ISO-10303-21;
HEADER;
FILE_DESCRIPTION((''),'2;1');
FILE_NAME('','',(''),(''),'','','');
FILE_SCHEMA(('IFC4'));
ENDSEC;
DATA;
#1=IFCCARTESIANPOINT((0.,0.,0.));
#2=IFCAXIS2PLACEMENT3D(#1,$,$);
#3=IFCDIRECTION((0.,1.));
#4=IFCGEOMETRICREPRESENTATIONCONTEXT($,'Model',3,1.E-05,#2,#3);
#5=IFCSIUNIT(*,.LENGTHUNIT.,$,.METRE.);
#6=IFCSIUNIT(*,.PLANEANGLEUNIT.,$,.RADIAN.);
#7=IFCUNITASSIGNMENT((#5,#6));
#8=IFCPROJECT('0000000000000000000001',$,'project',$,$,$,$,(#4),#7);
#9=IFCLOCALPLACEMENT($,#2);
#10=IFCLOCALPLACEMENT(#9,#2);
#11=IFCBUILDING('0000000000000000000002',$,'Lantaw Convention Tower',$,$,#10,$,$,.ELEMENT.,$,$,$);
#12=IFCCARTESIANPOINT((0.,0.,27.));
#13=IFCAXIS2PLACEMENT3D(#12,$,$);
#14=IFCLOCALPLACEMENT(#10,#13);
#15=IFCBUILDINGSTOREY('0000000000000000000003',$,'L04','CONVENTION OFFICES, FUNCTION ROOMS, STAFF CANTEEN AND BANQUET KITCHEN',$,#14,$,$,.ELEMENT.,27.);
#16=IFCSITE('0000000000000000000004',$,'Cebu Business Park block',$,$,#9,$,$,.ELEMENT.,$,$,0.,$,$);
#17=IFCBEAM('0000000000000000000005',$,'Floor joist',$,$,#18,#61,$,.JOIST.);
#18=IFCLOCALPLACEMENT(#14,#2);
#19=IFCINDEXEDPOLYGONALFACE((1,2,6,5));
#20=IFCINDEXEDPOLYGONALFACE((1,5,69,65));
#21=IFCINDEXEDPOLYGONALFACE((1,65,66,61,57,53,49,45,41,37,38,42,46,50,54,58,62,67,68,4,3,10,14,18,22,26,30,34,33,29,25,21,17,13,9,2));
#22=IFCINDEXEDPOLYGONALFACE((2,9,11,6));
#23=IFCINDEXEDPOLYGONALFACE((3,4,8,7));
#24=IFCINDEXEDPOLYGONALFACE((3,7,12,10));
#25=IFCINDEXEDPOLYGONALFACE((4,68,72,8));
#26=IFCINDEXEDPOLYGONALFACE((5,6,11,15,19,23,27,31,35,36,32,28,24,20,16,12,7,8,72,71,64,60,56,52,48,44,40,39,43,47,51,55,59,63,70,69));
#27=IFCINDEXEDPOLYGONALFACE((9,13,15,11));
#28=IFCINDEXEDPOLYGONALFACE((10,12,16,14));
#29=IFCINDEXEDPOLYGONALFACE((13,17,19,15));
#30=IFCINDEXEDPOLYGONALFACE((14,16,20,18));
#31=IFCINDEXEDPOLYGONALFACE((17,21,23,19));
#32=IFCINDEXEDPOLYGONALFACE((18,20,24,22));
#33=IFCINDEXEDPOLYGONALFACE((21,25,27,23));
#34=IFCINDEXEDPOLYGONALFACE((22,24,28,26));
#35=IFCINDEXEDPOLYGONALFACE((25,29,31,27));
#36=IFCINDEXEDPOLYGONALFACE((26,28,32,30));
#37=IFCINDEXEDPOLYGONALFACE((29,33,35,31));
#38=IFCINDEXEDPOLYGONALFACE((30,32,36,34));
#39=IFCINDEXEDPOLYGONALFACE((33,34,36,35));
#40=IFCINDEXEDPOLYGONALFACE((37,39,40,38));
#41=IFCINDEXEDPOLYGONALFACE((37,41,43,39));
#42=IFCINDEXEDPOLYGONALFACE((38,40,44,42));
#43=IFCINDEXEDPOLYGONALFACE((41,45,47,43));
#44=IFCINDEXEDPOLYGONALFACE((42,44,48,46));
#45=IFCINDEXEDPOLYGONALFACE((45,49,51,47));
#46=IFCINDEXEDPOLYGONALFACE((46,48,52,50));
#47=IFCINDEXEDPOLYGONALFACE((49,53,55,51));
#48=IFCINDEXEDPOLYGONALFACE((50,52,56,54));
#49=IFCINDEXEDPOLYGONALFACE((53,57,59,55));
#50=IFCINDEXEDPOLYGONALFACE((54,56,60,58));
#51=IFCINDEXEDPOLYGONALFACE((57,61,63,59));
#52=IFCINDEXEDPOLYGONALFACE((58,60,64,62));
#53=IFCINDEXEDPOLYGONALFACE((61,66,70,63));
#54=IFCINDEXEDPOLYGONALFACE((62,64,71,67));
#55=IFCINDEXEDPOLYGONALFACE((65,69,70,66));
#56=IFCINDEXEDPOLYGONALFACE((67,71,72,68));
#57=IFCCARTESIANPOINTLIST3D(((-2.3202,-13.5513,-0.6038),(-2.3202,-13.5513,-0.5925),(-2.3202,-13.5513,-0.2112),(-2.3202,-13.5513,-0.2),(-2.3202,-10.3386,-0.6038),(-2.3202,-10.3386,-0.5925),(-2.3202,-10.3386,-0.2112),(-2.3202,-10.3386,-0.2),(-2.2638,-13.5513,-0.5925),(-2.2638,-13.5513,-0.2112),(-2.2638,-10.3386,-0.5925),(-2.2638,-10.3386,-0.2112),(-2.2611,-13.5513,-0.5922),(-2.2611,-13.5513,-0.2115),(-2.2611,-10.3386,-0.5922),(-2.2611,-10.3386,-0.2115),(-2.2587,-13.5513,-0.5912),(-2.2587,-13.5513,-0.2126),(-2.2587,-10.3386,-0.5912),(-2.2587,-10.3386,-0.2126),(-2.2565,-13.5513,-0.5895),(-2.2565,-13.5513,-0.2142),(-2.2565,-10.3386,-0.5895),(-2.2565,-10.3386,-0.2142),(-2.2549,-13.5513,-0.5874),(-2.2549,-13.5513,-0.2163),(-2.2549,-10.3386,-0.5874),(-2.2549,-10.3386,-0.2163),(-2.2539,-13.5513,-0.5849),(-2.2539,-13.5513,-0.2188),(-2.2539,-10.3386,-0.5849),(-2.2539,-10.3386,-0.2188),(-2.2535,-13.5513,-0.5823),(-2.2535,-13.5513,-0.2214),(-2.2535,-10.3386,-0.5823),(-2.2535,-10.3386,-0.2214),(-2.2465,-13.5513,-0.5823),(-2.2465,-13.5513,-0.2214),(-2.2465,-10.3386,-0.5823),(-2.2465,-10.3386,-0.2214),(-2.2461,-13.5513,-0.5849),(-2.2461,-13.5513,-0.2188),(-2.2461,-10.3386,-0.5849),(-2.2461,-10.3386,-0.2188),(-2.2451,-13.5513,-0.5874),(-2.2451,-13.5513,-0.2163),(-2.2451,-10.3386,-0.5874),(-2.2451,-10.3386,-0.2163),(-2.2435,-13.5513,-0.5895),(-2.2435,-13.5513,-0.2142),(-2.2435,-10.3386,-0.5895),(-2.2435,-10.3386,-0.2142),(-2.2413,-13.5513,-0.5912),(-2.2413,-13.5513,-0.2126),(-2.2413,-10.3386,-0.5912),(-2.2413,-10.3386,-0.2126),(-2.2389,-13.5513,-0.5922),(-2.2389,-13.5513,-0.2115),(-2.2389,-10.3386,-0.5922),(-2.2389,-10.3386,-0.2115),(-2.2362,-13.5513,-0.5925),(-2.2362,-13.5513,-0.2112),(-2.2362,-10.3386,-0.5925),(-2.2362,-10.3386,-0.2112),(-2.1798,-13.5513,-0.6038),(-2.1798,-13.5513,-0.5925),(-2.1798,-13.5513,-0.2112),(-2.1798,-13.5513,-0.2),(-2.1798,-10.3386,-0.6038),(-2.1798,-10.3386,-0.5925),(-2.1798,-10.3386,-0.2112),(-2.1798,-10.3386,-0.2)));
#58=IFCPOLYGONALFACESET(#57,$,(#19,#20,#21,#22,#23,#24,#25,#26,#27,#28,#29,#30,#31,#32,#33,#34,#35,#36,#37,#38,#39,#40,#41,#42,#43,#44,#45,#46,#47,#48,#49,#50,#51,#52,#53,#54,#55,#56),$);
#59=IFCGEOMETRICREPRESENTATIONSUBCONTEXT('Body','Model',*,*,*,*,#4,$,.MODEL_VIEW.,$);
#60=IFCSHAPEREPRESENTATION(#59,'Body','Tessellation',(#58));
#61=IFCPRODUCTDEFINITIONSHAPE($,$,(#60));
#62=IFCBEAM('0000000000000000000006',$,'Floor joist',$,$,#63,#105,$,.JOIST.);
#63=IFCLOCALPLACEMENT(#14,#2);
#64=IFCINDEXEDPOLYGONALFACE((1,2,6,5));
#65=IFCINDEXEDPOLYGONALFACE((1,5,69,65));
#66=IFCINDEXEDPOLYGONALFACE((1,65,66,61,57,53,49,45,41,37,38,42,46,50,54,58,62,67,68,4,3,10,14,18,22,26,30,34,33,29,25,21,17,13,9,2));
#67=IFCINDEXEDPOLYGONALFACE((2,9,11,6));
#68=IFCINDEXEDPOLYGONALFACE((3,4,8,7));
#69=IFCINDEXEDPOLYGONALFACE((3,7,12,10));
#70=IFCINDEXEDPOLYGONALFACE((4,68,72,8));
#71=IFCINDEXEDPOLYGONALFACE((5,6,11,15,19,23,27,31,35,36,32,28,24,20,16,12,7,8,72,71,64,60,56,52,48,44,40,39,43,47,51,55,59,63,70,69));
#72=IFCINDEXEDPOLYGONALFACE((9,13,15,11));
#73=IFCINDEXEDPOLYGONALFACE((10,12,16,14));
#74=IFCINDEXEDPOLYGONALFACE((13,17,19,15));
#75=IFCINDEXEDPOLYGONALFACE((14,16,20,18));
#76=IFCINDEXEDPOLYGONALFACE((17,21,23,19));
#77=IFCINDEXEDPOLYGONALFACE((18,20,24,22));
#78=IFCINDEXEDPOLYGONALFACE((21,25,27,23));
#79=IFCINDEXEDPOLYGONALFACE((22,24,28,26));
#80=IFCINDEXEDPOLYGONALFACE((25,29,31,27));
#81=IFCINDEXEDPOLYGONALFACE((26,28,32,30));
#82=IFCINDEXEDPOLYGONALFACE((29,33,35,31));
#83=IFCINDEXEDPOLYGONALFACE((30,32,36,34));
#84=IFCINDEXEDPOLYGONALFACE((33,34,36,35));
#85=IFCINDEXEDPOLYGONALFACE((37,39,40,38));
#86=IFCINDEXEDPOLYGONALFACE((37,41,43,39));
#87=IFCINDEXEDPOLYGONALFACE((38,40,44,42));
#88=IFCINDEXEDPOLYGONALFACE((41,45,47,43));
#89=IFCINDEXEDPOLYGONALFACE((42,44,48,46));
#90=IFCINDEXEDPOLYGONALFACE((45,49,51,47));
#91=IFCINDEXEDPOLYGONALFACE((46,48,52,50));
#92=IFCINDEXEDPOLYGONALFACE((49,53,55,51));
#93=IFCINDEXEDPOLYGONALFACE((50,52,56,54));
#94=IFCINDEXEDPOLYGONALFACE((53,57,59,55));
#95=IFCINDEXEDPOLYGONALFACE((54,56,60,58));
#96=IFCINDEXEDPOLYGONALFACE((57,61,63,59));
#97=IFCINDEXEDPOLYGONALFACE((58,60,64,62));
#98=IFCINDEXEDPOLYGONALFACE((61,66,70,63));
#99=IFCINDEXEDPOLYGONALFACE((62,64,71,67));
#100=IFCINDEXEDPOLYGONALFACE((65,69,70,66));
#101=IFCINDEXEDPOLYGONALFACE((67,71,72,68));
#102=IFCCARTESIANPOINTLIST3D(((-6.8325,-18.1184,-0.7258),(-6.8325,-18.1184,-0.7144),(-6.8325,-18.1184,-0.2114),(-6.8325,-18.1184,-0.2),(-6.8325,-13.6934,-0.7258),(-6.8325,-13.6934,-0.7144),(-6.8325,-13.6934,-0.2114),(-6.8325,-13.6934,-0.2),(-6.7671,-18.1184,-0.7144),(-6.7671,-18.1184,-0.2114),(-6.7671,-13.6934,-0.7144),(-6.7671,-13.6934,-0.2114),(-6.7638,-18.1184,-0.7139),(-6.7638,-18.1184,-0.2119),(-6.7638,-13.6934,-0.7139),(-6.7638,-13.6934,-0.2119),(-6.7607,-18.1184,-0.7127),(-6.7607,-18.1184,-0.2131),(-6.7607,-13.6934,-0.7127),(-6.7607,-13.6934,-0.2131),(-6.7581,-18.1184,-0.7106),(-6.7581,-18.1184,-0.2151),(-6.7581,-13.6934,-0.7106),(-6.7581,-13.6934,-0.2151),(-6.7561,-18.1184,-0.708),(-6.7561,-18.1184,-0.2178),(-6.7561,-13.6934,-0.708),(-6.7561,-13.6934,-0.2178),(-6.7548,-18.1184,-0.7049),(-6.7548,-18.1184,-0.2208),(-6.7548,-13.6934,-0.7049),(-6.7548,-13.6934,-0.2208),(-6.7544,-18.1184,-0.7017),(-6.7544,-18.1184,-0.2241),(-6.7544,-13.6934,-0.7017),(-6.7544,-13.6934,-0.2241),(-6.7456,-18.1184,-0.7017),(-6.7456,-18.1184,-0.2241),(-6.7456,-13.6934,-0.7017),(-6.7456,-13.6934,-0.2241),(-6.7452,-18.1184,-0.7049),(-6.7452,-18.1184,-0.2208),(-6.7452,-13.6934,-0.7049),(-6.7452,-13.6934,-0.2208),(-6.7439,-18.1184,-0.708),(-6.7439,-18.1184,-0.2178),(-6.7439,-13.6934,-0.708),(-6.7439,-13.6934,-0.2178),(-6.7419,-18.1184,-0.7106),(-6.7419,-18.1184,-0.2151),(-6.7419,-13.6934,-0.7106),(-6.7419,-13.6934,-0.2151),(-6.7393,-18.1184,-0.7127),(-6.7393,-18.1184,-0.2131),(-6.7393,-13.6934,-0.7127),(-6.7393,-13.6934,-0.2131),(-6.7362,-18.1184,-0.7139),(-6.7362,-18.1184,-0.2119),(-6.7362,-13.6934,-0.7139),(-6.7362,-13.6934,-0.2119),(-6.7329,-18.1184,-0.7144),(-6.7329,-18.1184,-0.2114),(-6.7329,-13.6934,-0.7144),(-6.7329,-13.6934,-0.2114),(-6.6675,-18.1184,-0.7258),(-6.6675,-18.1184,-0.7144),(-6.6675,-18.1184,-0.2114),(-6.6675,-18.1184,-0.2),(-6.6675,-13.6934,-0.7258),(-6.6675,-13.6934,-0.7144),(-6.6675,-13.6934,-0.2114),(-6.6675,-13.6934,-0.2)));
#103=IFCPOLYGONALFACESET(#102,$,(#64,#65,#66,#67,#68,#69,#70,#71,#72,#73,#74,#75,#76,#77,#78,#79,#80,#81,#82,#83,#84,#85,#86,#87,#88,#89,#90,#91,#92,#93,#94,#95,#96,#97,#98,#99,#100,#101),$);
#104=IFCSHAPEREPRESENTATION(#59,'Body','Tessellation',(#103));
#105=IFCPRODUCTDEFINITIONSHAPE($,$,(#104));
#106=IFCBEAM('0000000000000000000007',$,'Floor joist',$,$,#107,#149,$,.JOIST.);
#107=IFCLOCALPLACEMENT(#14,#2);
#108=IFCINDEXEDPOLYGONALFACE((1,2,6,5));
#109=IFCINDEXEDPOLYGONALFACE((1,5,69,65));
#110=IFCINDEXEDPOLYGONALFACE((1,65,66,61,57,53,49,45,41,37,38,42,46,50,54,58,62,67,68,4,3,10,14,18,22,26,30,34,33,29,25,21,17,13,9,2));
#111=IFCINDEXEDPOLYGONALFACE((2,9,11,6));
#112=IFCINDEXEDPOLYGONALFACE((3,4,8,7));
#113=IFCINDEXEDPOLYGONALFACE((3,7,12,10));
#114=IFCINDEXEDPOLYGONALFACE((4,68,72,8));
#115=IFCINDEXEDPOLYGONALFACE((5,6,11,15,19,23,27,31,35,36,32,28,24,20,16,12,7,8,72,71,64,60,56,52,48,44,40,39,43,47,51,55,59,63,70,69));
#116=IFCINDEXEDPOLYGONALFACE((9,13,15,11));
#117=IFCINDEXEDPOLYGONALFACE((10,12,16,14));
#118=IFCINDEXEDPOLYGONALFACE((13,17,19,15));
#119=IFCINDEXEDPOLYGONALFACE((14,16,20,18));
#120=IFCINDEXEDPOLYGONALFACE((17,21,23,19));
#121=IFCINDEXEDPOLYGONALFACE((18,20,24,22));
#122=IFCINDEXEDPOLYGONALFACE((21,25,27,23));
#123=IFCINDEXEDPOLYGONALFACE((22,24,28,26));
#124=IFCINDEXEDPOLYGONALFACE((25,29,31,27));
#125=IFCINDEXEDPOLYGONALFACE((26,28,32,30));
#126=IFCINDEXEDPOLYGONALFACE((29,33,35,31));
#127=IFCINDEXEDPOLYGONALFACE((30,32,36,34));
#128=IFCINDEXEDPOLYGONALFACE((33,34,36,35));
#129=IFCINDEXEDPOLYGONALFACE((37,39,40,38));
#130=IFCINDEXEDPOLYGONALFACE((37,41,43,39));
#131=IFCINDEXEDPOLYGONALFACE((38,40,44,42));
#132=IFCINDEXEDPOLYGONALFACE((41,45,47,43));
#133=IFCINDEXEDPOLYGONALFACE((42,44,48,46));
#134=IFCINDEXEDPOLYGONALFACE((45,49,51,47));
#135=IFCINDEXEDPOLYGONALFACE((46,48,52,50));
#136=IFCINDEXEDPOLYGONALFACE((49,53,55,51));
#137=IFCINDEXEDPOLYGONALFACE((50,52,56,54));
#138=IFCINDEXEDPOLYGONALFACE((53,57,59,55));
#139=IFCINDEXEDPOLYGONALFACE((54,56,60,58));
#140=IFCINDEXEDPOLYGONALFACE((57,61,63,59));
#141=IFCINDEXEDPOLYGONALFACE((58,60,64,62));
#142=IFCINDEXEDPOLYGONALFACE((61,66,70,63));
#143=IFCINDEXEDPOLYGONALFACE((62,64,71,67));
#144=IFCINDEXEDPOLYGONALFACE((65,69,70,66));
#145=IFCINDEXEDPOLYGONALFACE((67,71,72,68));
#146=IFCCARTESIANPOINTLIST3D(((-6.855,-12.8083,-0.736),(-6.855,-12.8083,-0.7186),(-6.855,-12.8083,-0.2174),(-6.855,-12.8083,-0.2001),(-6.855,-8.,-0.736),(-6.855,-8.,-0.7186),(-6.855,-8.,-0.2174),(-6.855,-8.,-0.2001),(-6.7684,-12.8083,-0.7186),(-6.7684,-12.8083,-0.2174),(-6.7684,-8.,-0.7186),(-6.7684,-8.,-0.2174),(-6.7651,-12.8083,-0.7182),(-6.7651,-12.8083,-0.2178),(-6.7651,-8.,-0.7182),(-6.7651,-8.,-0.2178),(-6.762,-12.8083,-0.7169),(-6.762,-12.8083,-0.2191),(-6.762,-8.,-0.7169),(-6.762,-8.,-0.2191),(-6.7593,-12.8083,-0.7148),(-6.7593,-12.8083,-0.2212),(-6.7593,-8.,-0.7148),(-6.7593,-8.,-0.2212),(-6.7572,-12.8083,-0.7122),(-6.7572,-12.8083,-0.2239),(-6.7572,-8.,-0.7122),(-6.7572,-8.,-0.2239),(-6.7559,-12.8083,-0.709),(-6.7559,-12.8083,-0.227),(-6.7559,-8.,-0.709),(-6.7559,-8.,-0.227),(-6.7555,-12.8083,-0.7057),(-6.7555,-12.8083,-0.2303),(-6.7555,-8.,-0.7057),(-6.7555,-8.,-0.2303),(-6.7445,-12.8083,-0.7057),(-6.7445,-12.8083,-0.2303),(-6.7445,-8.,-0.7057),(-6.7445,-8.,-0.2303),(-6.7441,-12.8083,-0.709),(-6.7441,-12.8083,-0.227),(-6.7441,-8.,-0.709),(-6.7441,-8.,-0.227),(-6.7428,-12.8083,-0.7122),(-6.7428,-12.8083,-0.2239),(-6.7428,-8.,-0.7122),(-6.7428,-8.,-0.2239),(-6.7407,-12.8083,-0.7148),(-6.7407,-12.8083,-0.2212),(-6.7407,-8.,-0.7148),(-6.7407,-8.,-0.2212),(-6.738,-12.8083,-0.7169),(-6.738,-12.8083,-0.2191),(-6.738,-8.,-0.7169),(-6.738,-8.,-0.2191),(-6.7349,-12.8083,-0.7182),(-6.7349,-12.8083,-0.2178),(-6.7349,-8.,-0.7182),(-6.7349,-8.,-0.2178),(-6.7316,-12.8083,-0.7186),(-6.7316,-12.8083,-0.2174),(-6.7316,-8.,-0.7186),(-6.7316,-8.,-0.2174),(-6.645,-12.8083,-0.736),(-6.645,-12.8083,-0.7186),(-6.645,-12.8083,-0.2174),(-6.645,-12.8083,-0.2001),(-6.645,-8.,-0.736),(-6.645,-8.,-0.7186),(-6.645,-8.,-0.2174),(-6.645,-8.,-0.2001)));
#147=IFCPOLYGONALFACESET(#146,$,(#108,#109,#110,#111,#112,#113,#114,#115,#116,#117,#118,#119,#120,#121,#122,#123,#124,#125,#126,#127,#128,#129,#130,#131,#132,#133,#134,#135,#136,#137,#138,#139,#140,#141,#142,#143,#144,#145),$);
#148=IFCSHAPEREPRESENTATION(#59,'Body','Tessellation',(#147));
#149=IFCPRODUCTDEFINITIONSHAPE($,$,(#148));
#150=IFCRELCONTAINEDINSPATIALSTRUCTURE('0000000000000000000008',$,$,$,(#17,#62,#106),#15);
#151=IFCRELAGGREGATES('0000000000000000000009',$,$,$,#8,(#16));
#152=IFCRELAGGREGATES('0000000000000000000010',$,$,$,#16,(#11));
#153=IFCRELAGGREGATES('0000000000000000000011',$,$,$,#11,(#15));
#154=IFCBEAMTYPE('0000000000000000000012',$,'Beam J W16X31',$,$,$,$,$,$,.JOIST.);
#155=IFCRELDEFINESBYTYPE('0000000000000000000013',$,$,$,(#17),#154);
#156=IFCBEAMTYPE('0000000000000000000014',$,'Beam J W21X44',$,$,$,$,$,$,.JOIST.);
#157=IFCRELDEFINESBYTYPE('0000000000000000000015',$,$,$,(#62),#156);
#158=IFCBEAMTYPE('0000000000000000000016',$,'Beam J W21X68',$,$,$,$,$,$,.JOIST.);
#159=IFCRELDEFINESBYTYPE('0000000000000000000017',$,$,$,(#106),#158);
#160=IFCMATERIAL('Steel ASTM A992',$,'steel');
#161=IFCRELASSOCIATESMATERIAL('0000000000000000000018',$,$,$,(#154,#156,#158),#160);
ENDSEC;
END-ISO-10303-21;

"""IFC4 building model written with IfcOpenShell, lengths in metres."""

from ifc_helpers import new_model, si_unit, direction, frame, origin, origin_2d, place, context, subcontext, project, spatial, i_section, extrude, material, material_profile, profile_set, type_object, element, save


model = new_model("IFC4")

# Units and contexts
model_context = context("Model", 3, precision=1e-05, world=origin(), true_north=direction((0.0, 1.0)))
body_context = subcontext(model_context, "Body", "Model", "MODEL_VIEW")
ifc_project = project(units=[si_unit("LENGTHUNIT", "METRE"), si_unit("PLANEANGLEUNIT", "RADIAN")], contexts=[model_context])

# Site, building, storey
site_placement = place(None, origin())
site = spatial("IfcSite", under=ifc_project, at=site_placement, Name="Cebu Business Park block", CompositionType="ELEMENT", RefElevation=0.0)
building_placement = place(site_placement, origin())
building = spatial("IfcBuilding", under=site, at=building_placement, Name="Lantaw Convention Tower", CompositionType="ELEMENT")
storey_placement = place(building_placement, frame((0.0, 0.0, 27.0)))
storey = spatial("IfcBuildingStorey", under=building, at=storey_placement, Name="L04", Description="CONVENTION OFFICES, FUNCTION ROOMS, STAFF CANTEEN AND BANQUET KITCHEN", CompositionType="ELEMENT", Elevation=27.0)

# Beams
ifc_material_1 = material(Name="Steel ASTM A992", Category="steel")
ifc_material_profile_1 = material_profile(ifc_material_1, i_section(OverallWidth=0.1404, OverallDepth=0.4038, WebThickness=0.0071, FlangeThickness=0.0112, FilletRadius=0.0103, at=origin_2d()), Name="W16X31")
ifc_profile_set_1 = profile_set([ifc_material_profile_1], Name="Steel ASTM A992")
beam_type_1 = type_object("IfcBeamType", Name="Beam J W16X31", PredefinedType="JOIST", material=ifc_profile_set_1)
beam_1_placement = place(storey_placement, frame((-2.25, -13.5513, -0.4019), z_axis=(0.0, 1.0, 0.0), x_axis=(-1.0, 0.0, 0.0)))
element("IfcBeam", 1, at=beam_1_placement, inside=storey, type_object=beam_type_1, Name="Floor joist", PredefinedType="JOIST", context=body_context, shape_type="SweptSolid", body=[
    extrude(i_section(OverallWidth=0.1404, OverallDepth=0.4038, WebThickness=0.0071, FlangeThickness=0.0112, FilletRadius=0.0103, at=origin_2d()), origin(), (0.0, 0.0, 1.0), 3.2126),
])
ifc_material_profile_2 = material_profile(ifc_material_1, i_section(OverallWidth=0.165, OverallDepth=0.5259, WebThickness=0.0088, FlangeThickness=0.0115, FilletRadius=0.0127, at=origin_2d()), Name="W21X44")
ifc_profile_set_2 = profile_set([ifc_material_profile_2], Name="Steel ASTM A992")
beam_type_2 = type_object("IfcBeamType", Name="Beam J W21X44", PredefinedType="JOIST", material=ifc_profile_set_2)
beam_2_placement = place(storey_placement, frame((-6.75, -18.1184, -0.4629), z_axis=(0.0, 1.0, 0.0), x_axis=(-1.0, 0.0, 0.0)))
element("IfcBeam", 2, at=beam_2_placement, inside=storey, type_object=beam_type_2, Name="Floor joist", PredefinedType="JOIST", context=body_context, shape_type="SweptSolid", body=[
    extrude(i_section(OverallWidth=0.165, OverallDepth=0.5259, WebThickness=0.0088, FlangeThickness=0.0115, FilletRadius=0.0127, at=origin_2d()), origin(), (0.0, 0.0, 1.0), 4.425),
])
ifc_material_profile_3 = material_profile(ifc_material_1, i_section(OverallWidth=0.21, OverallDepth=0.5359, WebThickness=0.011, FlangeThickness=0.0173, FilletRadius=0.0129, at=origin_2d()), Name="W21X68")
ifc_profile_set_3 = profile_set([ifc_material_profile_3], Name="Steel ASTM A992")
beam_type_3 = type_object("IfcBeamType", Name="Beam J W21X68", PredefinedType="JOIST", material=ifc_profile_set_3)
beam_3_placement = place(storey_placement, frame((-6.75, -12.8083, -0.468), z_axis=(0.0, 1.0, 0.0), x_axis=(-1.0, 0.0, 0.0)))
element("IfcBeam", 3, at=beam_3_placement, inside=storey, type_object=beam_type_3, Name="Floor joist", PredefinedType="JOIST", context=body_context, shape_type="SweptSolid", body=[
    extrude(i_section(OverallWidth=0.21, OverallDepth=0.5359, WebThickness=0.011, FlangeThickness=0.0173, FilletRadius=0.0129, at=origin_2d()), origin(), (0.0, 0.0, 1.0), 4.8083),
])

save(model, "model.ifc")
